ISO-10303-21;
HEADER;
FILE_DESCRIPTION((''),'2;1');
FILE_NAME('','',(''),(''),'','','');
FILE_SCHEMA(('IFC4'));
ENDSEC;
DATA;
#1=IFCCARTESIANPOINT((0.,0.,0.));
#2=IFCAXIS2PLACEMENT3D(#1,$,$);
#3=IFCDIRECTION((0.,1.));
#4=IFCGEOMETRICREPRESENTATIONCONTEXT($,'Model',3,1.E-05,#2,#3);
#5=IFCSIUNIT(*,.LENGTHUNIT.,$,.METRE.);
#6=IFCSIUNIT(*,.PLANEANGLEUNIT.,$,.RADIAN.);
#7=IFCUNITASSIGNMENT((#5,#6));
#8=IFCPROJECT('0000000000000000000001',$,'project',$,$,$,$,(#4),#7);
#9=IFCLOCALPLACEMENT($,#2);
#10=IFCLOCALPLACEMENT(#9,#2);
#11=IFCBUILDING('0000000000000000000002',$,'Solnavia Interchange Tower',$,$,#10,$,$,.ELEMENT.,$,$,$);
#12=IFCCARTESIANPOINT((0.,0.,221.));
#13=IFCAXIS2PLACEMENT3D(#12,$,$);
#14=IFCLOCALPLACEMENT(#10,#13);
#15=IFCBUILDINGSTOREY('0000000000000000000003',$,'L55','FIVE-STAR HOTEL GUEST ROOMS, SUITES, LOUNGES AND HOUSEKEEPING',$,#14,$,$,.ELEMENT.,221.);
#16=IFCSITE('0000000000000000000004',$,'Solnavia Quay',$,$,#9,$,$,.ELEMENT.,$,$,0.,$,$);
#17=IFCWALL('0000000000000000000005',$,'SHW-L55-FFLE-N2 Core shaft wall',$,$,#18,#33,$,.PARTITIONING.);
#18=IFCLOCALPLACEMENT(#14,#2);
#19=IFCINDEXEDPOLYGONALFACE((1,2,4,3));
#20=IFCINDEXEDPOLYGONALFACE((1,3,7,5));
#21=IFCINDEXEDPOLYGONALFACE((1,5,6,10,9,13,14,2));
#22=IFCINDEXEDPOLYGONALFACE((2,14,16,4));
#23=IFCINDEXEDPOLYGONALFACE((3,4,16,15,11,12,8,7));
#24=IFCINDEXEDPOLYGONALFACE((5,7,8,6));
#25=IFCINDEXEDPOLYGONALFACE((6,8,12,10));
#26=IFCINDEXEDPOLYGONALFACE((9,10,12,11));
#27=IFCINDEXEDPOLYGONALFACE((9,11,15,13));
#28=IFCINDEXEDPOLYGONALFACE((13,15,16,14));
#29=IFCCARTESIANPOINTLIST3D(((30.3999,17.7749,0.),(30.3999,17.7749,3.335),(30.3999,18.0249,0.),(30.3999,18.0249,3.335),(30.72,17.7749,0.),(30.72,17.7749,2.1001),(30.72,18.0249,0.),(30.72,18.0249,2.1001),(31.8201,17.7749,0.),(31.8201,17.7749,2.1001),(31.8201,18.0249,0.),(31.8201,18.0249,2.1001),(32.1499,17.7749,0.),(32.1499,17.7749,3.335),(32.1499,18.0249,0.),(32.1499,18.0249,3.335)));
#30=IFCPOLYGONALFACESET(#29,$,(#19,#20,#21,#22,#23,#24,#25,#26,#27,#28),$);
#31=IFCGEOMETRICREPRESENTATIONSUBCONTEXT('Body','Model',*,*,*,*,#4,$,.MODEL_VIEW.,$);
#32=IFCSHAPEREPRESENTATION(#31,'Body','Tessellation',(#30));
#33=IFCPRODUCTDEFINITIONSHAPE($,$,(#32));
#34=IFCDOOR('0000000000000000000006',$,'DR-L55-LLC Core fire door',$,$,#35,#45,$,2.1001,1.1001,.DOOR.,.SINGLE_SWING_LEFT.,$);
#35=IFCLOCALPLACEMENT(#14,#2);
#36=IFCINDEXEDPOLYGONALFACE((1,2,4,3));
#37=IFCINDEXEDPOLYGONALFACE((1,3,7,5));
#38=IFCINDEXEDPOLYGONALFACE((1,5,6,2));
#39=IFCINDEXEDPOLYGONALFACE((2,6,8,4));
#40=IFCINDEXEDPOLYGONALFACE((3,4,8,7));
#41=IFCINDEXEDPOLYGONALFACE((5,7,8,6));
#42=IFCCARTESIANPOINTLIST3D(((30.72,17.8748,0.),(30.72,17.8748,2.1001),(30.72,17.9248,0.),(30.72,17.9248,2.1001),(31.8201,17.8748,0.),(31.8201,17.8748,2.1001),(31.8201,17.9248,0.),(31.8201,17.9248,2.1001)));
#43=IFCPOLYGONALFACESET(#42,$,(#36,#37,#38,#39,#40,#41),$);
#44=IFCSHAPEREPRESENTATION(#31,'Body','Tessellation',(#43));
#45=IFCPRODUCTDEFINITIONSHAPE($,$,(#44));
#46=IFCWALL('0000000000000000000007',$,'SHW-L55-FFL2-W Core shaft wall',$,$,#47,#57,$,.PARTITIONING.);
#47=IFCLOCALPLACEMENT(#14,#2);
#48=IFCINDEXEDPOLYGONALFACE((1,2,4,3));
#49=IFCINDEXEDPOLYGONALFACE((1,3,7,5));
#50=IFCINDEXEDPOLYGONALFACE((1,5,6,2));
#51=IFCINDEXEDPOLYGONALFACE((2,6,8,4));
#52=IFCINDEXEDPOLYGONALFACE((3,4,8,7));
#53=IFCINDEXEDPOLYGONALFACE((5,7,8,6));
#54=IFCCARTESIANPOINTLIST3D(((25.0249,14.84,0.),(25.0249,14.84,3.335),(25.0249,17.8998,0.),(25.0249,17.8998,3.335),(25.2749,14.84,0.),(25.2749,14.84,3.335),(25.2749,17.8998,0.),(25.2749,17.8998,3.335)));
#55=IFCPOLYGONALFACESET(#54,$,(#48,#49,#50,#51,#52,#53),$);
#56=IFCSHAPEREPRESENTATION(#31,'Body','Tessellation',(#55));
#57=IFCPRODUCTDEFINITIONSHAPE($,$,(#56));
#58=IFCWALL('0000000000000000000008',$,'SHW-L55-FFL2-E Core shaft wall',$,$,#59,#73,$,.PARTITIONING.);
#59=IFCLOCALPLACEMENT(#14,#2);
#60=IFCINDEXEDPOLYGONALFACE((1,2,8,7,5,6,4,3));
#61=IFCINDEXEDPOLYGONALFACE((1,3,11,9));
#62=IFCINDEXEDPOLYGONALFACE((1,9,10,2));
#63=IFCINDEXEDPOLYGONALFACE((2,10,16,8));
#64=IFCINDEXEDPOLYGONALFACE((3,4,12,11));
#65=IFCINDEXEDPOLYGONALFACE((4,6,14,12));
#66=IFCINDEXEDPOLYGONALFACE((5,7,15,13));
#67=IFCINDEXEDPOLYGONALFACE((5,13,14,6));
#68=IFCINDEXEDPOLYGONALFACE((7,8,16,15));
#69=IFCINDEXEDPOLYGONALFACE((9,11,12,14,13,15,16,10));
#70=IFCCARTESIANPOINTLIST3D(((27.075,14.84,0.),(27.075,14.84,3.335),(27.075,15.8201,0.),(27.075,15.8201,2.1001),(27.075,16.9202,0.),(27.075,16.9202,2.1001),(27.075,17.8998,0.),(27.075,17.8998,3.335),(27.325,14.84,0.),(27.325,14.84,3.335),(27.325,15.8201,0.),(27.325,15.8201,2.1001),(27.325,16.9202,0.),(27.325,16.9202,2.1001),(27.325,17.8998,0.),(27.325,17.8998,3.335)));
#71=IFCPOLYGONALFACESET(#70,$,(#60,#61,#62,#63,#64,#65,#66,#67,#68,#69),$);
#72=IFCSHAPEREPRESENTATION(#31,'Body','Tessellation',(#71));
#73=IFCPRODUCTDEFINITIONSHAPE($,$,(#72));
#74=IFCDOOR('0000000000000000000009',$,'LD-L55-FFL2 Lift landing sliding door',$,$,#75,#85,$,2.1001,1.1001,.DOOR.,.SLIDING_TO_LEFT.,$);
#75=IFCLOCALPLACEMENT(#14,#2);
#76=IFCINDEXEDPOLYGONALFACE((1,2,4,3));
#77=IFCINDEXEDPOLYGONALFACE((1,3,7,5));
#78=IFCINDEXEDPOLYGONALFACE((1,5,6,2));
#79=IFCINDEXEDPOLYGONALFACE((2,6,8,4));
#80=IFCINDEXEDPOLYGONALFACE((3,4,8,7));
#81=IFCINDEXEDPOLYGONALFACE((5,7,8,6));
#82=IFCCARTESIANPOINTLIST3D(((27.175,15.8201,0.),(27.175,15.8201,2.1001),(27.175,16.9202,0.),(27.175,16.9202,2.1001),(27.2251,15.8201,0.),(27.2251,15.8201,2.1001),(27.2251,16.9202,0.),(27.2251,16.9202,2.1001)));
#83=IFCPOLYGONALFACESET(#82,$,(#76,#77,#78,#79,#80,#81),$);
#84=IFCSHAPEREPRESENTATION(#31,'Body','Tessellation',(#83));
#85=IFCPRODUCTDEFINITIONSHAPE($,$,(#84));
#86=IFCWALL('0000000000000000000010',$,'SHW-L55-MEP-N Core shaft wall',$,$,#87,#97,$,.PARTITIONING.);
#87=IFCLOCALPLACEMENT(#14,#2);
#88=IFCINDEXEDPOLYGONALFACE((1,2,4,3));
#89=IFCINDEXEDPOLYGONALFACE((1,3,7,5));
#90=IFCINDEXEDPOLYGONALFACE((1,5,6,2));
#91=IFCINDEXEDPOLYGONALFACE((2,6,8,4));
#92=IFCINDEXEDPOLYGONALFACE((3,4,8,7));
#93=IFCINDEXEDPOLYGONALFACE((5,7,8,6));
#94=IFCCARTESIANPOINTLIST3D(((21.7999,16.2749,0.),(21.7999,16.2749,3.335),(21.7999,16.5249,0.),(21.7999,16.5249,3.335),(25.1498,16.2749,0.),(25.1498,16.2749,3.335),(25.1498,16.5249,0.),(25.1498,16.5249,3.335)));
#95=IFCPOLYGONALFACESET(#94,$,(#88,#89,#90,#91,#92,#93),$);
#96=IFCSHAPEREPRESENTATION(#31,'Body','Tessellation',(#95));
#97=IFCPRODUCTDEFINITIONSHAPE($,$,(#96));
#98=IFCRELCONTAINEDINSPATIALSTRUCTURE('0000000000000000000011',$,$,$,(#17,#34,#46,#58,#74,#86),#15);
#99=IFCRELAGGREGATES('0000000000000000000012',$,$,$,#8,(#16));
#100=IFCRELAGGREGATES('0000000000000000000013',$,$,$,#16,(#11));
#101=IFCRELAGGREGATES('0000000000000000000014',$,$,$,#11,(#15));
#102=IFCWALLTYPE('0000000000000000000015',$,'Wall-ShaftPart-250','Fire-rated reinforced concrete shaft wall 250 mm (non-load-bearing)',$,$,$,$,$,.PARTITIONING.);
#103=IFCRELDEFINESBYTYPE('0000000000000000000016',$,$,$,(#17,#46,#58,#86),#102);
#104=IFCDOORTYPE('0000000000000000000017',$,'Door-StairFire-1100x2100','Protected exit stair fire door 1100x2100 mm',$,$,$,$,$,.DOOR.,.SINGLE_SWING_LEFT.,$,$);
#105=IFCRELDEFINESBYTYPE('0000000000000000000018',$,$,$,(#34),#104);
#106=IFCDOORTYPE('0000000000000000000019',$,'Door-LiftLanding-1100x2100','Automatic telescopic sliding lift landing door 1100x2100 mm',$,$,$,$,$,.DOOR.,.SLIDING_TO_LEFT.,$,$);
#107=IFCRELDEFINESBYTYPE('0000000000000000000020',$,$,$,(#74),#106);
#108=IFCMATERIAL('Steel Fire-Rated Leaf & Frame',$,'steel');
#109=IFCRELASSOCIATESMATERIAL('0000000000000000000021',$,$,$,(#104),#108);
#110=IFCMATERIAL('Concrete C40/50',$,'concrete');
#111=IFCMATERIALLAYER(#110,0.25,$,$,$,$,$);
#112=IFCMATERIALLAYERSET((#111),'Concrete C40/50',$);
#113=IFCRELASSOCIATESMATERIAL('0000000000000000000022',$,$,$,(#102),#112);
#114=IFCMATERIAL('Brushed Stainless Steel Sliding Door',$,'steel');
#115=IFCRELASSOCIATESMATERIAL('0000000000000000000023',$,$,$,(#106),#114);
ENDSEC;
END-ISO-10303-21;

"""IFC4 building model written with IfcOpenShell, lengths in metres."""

from ifc_helpers import new_model, si_unit, direction, frame, frame_2d, origin, place, context, subcontext, project, spatial, rectangle, extrude, material, layer, layer_set, type_object, element, fill, save


model = new_model("IFC4")

# Units and contexts
model_context = context("Model", 3, precision=1e-05, world=origin(), true_north=direction((0.0, 1.0)))
body_context = subcontext(model_context, "Body", "Model", "MODEL_VIEW")
ifc_project = project(units=[si_unit("LENGTHUNIT", "METRE"), si_unit("PLANEANGLEUNIT", "RADIAN")], contexts=[model_context])

# Site, building, storey
site_placement = place(None, origin())
site = spatial("IfcSite", under=ifc_project, at=site_placement, Name="Solnavia Quay", CompositionType="ELEMENT", RefElevation=0.0)
building_placement = place(site_placement, origin())
building = spatial("IfcBuilding", under=site, at=building_placement, Name="Solnavia Interchange Tower", CompositionType="ELEMENT")
storey_placement = place(building_placement, frame((0.0, 0.0, 221.0)))
storey = spatial("IfcBuildingStorey", under=building, at=storey_placement, Name="L55", Description="FIVE-STAR HOTEL GUEST ROOMS, SUITES, LOUNGES AND HOUSEKEEPING", CompositionType="ELEMENT", Elevation=221.0)

# Shared definitions
ifc_material_1 = material(Name="Concrete C40/50", Category="concrete")
ifc_material_2 = material(Name="Steel Fire-Rated Leaf & Frame", Category="steel")
door_type_1 = type_object("IfcDoorType", Name="Door-StairFire-1100x2100", Description="Protected exit stair fire door 1100x2100 mm", OperationType="SINGLE_SWING_LEFT", PredefinedType="DOOR", material=ifc_material_2)

# Shared definitions
ifc_layer_1 = layer(ifc_material_1, 0.25)
ifc_layer_set_1 = layer_set([ifc_layer_1], Name="Concrete C40/50")
wall_type_1 = type_object("IfcWallType", Name="Wall-ShaftPart-250", Description="Fire-rated reinforced concrete shaft wall 250 mm (non-load-bearing)", PredefinedType="PARTITIONING", material=ifc_layer_set_1)

# Wall, opening, door
wall_1_placement = place(storey_placement, frame((30.3999, 17.8999, 0.0), z_axis=(0.0, 0.0, 1.0), x_axis=(1.0, 0.0, 0.0)))
wall_1 = element("IfcWall", 1, at=wall_1_placement, inside=storey, type_object=wall_type_1, Name="SHW-L55-FFLE-N2 Core shaft wall", PredefinedType="PARTITIONING", context=body_context, shape_type="SweptSolid", body=[
    extrude(rectangle(XDim=1.75, YDim=0.25, at=frame_2d((0.875, 0.0))), origin(), (0.0, 0.0, 1.0), 3.335),
])
opening_1_placement = place(wall_1_placement, frame((0.3201, 0.0, 0.0)))
opening_1 = element("IfcOpeningElement", 2, at=opening_1_placement, cuts=wall_1, PredefinedType="OPENING", context=body_context, shape_type="SweptSolid", body=[
    extrude(rectangle(XDim=1.1001, YDim=2.1001, at=frame_2d((0.55, 1.05))), frame((0.0, 0.135, 0.0), z_axis=(0.0, -1.0, 0.0), x_axis=(1.0, 0.0, 0.0)), (0.0, 0.0, 1.0), 0.27),
])
door_1_placement = place(opening_1_placement, origin())
door_1 = element("IfcDoor", 3, at=door_1_placement, inside=storey, type_object=door_type_1, Name="DR-L55-LLC Core fire door", OperationType="SINGLE_SWING_LEFT", OverallHeight=2.1001, OverallWidth=1.1001, PredefinedType="DOOR", context=body_context, shape_type="SweptSolid", body=[
    extrude(rectangle(XDim=1.1001, YDim=2.1001, at=frame_2d((0.55, 1.05))), frame((0.0, 0.0249, 0.0), z_axis=(0.0, -1.0, 0.0), x_axis=(1.0, 0.0, 0.0)), (0.0, 0.0, 1.0), 0.05),
])
fill(opening_1, door_1)

# Wall
wall_2_placement = place(storey_placement, frame((25.1499, 14.8401, 0.0), z_axis=(0.0, 0.0, 1.0), x_axis=(0.0, 1.0, 0.0)))
element("IfcWall", 4, at=wall_2_placement, inside=storey, type_object=wall_type_1, Name="SHW-L55-FFL2-W Core shaft wall", PredefinedType="PARTITIONING", context=body_context, shape_type="SweptSolid", body=[
    extrude(rectangle(XDim=3.0598, YDim=0.25, at=frame_2d((1.5298, 0.0))), origin(), (0.0, 0.0, 1.0), 3.335),
])

# Wall, opening, door
wall_3_placement = place(storey_placement, frame((27.2, 14.8401, 0.0), z_axis=(0.0, 0.0, 1.0), x_axis=(0.0, 1.0, 0.0)))
wall_3 = element("IfcWall", 5, at=wall_3_placement, inside=storey, type_object=wall_type_1, Name="SHW-L55-FFL2-E Core shaft wall", PredefinedType="PARTITIONING", context=body_context, shape_type="SweptSolid", body=[
    extrude(rectangle(XDim=3.0598, YDim=0.25, at=frame_2d((1.5298, 0.0))), origin(), (0.0, 0.0, 1.0), 3.335),
])
opening_2_placement = place(wall_3_placement, frame((0.98, 0.0, 0.0)))
opening_2 = element("IfcOpeningElement", 6, at=opening_2_placement, cuts=wall_3, PredefinedType="OPENING", context=body_context, shape_type="SweptSolid", body=[
    extrude(rectangle(XDim=1.1001, YDim=2.1001, at=frame_2d((0.55, 1.05))), frame((0.0, 0.135, 0.0), z_axis=(0.0, -1.0, 0.0), x_axis=(1.0, 0.0, 0.0)), (0.0, 0.0, 1.0), 0.27),
])
ifc_material_3 = material(Name="Brushed Stainless Steel Sliding Door", Category="steel")
door_type_2 = type_object("IfcDoorType", Name="Door-LiftLanding-1100x2100", Description="Automatic telescopic sliding lift landing door 1100x2100 mm", OperationType="SLIDING_TO_LEFT", PredefinedType="DOOR", material=ifc_material_3)
door_2_placement = place(opening_2_placement, origin())
door_2 = element("IfcDoor", 7, at=door_2_placement, inside=storey, type_object=door_type_2, Name="LD-L55-FFL2 Lift landing sliding door", OperationType="SLIDING_TO_LEFT", OverallHeight=2.1001, OverallWidth=1.1001, PredefinedType="DOOR", context=body_context, shape_type="SweptSolid", body=[
    extrude(rectangle(XDim=1.1001, YDim=2.1001, at=frame_2d((0.55, 1.05))), frame((0.0, 0.0249, 0.0), z_axis=(0.0, -1.0, 0.0), x_axis=(1.0, 0.0, 0.0)), (0.0, 0.0, 1.0), 0.05),
])
fill(opening_2, door_2)

# Wall
wall_4_placement = place(storey_placement, frame((21.8, 16.3999, 0.0), z_axis=(0.0, 0.0, 1.0), x_axis=(1.0, 0.0, 0.0)))
element("IfcWall", 8, at=wall_4_placement, inside=storey, type_object=wall_type_1, Name="SHW-L55-MEP-N Core shaft wall", PredefinedType="PARTITIONING", context=body_context, shape_type="SweptSolid", body=[
    extrude(rectangle(XDim=3.3499, YDim=0.25, at=frame_2d((1.6748, 0.0))), origin(), (0.0, 0.0, 1.0), 3.335),
])

save(model, "model.ifc")
